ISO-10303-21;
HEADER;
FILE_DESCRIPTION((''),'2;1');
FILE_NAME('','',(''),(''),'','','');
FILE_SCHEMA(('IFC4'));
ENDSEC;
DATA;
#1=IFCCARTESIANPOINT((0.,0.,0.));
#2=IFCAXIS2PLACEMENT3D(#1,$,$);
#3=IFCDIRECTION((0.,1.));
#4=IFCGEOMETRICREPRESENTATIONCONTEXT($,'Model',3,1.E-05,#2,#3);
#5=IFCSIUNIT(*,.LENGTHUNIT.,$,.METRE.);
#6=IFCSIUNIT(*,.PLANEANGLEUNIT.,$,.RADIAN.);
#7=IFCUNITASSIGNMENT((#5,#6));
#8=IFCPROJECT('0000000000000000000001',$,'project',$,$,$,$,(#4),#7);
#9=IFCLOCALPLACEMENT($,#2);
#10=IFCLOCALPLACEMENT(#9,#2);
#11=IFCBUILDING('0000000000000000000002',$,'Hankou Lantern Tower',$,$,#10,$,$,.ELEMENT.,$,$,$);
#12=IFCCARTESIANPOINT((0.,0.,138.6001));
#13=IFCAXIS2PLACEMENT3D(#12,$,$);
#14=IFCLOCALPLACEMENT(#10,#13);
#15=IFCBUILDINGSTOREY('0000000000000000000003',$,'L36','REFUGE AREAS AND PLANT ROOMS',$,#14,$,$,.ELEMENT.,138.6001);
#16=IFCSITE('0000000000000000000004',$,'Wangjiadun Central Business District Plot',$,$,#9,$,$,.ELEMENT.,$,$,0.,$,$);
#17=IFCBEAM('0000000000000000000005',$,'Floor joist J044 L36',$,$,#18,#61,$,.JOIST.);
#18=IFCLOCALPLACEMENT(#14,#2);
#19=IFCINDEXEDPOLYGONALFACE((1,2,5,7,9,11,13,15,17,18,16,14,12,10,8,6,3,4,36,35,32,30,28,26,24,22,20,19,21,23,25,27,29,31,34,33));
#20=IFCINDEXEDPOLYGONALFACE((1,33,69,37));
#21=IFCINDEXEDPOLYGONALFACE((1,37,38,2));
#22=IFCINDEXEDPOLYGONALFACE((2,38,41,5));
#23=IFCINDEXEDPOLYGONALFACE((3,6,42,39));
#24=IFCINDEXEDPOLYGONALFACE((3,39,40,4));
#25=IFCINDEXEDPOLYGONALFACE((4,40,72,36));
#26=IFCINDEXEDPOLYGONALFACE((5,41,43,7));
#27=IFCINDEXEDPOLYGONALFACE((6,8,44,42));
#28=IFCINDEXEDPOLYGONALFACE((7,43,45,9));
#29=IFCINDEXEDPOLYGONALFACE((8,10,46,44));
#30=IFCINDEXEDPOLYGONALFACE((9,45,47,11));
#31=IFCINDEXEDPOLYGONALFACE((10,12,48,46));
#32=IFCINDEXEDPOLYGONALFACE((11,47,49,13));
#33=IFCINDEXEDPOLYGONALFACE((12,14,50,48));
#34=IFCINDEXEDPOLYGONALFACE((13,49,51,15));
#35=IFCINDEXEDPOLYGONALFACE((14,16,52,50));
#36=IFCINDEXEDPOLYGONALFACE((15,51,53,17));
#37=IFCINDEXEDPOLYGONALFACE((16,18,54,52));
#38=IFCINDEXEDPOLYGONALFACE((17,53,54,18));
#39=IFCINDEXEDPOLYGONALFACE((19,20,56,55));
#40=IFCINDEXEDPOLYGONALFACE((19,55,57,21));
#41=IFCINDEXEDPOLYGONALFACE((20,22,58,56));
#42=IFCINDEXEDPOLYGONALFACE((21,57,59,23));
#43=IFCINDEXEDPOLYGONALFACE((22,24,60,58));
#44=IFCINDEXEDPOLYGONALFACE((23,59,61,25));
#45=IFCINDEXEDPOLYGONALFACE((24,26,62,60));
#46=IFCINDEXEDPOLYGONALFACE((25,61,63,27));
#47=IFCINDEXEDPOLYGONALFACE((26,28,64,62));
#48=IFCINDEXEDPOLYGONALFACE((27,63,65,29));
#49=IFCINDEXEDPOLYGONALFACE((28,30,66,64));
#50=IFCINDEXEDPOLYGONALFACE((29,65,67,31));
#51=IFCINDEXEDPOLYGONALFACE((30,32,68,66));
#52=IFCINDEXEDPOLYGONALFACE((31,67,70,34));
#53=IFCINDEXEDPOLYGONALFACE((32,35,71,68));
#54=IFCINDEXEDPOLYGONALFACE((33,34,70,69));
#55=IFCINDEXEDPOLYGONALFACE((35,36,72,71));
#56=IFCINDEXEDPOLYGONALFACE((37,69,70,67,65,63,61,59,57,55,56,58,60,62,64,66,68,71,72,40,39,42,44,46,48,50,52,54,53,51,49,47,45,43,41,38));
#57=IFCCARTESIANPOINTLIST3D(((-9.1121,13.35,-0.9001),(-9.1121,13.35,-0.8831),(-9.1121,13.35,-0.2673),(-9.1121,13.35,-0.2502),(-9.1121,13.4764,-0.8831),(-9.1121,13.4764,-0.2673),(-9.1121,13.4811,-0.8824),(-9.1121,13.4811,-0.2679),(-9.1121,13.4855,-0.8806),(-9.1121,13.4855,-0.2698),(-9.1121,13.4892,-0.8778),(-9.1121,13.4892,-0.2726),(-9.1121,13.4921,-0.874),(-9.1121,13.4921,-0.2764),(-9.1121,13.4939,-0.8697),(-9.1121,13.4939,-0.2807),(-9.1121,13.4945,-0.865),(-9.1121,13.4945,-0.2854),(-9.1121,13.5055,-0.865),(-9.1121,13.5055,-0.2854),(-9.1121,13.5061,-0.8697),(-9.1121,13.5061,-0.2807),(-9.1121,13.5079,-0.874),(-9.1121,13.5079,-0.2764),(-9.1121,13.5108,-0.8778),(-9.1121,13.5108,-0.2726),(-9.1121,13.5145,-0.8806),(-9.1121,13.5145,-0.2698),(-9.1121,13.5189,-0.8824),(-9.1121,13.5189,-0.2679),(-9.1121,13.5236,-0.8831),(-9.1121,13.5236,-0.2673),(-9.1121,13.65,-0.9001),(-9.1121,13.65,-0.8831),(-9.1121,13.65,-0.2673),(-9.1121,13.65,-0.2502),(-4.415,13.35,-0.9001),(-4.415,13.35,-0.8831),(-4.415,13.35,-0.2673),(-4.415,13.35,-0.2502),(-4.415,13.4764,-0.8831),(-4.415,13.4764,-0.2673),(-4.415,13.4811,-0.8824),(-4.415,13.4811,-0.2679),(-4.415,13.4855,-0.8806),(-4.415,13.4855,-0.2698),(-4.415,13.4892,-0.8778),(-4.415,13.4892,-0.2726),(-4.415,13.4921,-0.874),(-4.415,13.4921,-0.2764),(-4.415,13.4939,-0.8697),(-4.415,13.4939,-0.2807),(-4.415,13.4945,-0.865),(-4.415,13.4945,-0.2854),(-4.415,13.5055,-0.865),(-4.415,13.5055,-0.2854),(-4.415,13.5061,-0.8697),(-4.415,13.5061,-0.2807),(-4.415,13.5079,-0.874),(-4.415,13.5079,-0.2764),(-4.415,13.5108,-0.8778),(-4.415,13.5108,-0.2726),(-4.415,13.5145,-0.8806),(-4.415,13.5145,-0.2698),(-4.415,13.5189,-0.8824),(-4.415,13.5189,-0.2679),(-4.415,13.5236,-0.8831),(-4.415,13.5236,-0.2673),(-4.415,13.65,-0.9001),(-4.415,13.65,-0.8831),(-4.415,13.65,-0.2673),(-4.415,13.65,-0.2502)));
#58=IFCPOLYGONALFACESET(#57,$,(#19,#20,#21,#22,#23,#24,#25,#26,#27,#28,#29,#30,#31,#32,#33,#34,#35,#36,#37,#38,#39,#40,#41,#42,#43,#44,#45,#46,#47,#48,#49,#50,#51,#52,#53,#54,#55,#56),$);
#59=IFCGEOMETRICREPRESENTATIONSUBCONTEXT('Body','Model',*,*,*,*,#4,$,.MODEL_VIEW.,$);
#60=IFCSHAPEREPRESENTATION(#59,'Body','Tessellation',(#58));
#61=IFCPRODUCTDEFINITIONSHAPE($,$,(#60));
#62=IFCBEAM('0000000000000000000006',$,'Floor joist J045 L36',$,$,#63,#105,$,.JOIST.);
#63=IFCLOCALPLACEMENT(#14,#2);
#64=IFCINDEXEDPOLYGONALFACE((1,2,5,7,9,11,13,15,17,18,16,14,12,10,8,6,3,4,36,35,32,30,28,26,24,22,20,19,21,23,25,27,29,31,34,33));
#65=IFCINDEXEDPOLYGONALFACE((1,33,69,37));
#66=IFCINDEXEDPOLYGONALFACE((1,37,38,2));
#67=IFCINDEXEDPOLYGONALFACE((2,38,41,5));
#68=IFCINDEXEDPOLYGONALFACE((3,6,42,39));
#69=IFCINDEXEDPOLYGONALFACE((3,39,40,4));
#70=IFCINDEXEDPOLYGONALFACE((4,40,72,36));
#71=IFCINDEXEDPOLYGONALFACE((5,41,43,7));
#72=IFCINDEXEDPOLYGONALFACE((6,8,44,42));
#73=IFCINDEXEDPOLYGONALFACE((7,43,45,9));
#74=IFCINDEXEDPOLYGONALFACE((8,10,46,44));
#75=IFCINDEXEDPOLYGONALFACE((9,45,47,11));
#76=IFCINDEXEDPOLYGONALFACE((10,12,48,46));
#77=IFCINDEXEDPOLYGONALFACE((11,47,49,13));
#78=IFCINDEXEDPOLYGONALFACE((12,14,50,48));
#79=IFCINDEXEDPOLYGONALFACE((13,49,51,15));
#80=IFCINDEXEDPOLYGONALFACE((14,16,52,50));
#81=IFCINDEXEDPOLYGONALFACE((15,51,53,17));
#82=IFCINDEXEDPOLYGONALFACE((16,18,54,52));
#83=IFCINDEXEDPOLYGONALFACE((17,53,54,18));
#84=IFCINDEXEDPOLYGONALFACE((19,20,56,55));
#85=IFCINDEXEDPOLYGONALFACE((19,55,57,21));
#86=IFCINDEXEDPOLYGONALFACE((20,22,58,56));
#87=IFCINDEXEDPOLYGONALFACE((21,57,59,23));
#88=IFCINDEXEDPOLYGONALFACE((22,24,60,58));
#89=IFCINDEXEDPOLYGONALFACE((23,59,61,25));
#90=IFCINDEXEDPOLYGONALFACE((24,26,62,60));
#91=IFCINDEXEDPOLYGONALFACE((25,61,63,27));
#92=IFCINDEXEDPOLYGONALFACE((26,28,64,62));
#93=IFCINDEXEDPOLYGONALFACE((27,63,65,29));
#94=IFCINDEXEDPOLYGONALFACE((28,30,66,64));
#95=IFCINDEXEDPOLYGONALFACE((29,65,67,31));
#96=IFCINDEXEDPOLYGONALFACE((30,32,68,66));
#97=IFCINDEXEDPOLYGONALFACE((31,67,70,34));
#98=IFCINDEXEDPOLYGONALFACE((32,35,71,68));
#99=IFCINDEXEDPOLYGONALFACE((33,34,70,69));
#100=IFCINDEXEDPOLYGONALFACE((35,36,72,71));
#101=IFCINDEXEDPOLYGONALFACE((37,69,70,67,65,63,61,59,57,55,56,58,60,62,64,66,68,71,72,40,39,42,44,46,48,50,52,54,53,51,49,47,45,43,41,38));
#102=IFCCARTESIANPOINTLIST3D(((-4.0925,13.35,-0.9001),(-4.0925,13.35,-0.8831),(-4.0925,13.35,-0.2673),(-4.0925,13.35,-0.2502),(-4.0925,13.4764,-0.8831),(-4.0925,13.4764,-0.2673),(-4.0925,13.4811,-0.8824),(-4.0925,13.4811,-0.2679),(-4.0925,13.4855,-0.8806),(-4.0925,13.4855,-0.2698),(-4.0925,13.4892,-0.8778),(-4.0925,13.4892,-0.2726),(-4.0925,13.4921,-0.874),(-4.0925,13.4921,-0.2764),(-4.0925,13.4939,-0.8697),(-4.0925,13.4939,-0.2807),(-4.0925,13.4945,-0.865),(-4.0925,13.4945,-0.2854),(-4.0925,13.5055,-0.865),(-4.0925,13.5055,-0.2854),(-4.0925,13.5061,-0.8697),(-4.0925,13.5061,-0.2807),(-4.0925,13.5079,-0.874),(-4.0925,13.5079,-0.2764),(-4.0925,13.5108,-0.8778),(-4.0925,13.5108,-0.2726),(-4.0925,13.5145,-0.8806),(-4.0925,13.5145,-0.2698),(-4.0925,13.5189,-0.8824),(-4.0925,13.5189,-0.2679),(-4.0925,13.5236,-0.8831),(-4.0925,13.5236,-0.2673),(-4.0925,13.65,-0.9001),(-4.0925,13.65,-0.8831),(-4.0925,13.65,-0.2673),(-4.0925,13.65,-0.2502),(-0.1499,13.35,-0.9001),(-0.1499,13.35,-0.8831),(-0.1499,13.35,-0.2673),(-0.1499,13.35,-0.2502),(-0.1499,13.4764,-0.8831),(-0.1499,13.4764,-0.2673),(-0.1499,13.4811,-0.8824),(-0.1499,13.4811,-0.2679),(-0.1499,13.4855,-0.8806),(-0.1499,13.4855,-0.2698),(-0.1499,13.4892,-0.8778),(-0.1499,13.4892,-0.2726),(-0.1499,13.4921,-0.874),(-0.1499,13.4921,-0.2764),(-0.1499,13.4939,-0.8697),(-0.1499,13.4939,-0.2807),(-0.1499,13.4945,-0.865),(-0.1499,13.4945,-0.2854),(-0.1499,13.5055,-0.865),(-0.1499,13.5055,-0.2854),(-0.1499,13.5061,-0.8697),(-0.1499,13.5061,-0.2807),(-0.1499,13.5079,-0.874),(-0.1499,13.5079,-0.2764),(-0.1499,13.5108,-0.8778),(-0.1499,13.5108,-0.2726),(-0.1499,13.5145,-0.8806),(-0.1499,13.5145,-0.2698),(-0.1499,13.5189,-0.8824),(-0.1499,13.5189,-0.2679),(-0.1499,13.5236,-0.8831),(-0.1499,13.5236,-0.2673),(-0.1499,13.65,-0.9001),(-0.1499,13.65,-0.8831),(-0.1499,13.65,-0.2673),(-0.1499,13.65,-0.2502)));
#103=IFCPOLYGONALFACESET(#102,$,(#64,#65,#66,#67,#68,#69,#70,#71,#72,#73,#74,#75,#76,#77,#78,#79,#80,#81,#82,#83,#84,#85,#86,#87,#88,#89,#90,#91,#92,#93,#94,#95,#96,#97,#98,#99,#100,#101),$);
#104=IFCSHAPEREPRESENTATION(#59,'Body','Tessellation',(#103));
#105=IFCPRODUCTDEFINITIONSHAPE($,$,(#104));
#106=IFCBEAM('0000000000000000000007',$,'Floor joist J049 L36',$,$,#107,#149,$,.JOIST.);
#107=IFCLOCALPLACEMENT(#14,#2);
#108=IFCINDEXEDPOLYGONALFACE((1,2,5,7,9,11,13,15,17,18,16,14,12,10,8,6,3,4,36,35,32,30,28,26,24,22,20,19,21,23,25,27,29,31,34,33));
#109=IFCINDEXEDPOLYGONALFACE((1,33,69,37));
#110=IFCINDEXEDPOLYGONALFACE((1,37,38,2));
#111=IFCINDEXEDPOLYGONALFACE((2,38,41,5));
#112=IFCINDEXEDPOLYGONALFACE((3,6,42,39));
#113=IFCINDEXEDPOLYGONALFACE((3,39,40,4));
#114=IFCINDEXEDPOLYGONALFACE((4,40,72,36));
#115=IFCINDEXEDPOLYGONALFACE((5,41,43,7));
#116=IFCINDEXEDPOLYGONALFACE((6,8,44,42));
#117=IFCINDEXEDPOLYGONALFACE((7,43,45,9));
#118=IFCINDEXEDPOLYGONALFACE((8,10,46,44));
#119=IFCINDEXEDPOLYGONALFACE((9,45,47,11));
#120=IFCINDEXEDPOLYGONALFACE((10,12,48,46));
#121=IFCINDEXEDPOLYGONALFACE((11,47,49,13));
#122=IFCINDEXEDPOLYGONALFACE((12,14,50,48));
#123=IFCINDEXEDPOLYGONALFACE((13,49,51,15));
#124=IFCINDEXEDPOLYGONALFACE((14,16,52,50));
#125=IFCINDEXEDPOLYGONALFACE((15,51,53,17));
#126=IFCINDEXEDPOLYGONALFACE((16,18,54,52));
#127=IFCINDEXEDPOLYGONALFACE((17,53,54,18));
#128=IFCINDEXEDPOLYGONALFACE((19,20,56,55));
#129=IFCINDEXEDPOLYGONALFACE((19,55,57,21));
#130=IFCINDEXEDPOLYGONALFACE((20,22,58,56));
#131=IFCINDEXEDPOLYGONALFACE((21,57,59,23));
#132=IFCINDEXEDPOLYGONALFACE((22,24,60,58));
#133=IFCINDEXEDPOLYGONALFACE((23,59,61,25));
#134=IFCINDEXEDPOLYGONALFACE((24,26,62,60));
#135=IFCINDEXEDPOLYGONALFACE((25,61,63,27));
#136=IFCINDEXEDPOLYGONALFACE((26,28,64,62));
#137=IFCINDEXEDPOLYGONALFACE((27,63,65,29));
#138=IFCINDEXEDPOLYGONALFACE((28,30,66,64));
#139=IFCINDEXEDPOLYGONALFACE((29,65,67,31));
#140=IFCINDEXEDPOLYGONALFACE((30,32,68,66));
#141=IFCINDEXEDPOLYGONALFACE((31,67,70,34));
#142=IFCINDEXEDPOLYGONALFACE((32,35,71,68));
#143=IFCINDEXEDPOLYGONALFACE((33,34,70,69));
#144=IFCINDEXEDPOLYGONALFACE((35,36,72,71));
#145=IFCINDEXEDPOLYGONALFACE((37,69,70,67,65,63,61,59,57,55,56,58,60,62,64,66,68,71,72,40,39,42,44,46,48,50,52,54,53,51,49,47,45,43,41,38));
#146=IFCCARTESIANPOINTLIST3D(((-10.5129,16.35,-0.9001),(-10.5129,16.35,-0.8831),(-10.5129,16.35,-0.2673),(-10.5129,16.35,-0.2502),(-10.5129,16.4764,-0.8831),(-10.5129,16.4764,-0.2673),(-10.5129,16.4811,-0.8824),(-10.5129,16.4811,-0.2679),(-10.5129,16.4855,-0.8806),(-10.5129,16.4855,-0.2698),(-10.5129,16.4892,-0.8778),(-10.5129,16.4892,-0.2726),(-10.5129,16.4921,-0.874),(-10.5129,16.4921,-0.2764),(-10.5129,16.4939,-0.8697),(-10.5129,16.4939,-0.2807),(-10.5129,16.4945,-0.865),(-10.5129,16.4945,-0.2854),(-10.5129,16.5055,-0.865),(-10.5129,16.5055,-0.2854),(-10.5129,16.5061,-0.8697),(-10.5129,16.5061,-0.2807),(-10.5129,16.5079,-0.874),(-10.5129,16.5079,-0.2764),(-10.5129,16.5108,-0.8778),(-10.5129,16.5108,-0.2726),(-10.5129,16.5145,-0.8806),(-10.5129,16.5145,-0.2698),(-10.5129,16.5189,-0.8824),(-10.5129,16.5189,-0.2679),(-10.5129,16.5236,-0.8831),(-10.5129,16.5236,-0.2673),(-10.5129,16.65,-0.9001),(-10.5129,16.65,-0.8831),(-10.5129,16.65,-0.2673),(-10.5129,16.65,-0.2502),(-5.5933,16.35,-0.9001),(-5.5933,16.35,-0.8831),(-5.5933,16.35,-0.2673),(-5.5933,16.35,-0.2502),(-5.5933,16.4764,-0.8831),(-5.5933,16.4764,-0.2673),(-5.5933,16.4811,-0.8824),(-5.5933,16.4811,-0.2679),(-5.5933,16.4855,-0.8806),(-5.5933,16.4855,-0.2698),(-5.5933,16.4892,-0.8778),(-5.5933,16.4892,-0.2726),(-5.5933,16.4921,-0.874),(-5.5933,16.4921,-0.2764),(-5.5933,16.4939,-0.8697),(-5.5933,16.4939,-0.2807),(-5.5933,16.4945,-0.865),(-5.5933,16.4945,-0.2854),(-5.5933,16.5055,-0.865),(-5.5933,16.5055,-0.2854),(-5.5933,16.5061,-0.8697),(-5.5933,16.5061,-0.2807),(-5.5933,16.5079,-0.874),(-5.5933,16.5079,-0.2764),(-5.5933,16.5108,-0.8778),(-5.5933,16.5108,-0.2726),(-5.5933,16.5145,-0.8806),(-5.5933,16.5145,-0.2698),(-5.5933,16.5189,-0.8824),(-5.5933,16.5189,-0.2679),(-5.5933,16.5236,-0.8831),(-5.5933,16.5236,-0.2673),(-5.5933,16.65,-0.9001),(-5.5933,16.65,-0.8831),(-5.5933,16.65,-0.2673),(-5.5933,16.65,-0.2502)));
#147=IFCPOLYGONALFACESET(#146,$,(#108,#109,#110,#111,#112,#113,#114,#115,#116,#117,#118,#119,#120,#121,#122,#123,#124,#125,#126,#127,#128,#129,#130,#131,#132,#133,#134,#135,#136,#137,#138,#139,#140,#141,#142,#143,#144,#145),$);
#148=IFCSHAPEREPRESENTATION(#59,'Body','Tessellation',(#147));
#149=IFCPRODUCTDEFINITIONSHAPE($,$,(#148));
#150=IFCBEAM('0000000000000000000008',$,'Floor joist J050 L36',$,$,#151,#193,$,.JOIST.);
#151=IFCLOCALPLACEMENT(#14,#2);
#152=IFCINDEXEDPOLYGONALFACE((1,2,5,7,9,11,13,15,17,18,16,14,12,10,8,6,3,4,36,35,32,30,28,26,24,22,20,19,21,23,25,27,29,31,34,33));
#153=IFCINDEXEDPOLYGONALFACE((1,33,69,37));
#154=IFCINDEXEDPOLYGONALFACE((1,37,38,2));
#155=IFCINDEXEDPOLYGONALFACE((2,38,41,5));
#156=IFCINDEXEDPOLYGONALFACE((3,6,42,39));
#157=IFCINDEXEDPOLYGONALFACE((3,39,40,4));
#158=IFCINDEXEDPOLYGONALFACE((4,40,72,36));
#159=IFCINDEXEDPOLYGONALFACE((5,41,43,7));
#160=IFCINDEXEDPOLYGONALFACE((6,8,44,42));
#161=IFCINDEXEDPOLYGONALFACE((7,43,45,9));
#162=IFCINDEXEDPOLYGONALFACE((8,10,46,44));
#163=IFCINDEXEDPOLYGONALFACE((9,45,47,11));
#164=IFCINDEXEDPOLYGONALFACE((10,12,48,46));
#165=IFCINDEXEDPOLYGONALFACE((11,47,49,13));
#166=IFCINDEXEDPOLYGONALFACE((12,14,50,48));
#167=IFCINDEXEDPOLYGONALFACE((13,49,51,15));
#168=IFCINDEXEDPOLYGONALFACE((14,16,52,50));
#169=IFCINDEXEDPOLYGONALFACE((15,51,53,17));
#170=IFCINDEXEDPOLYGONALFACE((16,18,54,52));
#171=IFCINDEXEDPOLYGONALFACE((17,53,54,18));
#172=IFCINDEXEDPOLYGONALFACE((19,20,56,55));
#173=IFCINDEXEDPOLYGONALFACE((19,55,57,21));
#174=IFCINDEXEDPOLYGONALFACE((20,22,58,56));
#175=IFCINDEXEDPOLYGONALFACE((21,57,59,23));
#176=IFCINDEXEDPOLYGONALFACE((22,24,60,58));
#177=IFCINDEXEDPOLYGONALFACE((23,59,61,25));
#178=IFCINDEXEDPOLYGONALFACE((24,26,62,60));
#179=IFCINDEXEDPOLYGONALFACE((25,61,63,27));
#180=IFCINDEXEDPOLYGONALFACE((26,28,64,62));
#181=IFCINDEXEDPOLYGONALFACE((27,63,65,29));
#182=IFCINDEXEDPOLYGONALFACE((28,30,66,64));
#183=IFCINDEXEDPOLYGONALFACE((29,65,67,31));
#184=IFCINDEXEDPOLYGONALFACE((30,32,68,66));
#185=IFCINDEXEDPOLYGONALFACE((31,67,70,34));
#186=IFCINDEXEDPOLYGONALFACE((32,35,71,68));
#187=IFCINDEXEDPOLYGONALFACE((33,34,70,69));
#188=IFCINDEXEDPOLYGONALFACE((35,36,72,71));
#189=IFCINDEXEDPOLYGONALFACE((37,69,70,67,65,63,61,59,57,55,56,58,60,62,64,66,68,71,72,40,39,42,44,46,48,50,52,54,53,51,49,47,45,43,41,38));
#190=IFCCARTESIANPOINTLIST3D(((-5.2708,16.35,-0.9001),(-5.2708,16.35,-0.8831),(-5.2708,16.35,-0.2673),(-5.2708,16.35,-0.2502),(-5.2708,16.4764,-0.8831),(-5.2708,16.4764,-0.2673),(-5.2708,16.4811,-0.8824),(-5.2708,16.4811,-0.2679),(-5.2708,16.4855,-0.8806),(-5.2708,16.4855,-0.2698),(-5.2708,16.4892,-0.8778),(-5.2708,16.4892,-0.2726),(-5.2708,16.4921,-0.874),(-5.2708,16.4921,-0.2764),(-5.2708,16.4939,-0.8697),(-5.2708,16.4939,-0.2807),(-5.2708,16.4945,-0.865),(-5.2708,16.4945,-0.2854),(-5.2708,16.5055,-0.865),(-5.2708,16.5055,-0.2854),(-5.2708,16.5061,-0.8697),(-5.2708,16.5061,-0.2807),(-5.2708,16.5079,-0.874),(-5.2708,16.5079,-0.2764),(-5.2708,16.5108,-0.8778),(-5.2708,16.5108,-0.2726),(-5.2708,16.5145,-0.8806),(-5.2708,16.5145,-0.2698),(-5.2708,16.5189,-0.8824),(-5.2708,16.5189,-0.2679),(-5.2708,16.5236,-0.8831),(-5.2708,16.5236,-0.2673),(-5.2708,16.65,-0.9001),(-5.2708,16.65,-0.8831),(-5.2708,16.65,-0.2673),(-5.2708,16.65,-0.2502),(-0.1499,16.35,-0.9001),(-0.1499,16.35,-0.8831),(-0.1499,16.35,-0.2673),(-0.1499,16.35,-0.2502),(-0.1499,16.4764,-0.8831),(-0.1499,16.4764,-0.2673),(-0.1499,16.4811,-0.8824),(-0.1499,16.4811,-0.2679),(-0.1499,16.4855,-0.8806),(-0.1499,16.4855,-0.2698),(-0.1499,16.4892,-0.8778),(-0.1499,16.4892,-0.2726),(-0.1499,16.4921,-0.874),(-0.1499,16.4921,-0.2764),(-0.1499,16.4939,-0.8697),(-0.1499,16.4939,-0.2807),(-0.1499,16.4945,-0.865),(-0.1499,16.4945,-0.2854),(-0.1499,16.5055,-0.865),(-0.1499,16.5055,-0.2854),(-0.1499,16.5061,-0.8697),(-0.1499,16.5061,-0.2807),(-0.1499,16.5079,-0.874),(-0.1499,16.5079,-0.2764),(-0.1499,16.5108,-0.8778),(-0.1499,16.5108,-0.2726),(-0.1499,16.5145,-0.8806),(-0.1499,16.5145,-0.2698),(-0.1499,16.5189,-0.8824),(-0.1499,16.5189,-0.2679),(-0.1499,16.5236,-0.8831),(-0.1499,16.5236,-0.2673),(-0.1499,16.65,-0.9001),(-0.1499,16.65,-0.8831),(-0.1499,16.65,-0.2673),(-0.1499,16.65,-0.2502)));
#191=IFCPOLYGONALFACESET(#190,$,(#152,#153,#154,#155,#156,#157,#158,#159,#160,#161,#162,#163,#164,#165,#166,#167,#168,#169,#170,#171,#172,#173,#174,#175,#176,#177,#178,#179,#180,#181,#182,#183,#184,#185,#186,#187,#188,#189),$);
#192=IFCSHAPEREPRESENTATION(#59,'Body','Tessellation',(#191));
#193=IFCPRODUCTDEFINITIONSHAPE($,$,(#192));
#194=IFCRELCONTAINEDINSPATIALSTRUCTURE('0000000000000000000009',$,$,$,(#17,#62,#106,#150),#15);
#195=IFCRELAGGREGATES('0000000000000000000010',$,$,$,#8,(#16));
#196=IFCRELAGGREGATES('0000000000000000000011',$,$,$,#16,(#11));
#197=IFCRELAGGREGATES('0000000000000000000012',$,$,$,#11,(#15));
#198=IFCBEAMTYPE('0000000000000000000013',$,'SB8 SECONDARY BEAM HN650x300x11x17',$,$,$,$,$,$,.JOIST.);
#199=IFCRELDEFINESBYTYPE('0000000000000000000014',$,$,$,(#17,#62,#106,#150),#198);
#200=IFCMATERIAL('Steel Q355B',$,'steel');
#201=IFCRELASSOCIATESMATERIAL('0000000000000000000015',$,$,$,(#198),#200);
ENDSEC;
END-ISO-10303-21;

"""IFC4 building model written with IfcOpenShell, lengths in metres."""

from ifc_helpers import new_model, si_unit, direction, frame, origin, origin_2d, place, context, subcontext, project, spatial, i_section, extrude, material, material_profile, profile_set, type_object, element, save


model = new_model("IFC4")

# Units and contexts
model_context = context("Model", 3, precision=1e-05, world=origin(), true_north=direction((0.0, 1.0)))
body_context = subcontext(model_context, "Body", "Model", "MODEL_VIEW")
ifc_project = project(units=[si_unit("LENGTHUNIT", "METRE"), si_unit("PLANEANGLEUNIT", "RADIAN")], contexts=[model_context])

# Site, building, storey
site_placement = place(None, origin())
site = spatial("IfcSite", under=ifc_project, at=site_placement, Name="Wangjiadun Central Business District Plot", CompositionType="ELEMENT", RefElevation=0.0)
building_placement = place(site_placement, origin())
building = spatial("IfcBuilding", under=site, at=building_placement, Name="Hankou Lantern Tower", CompositionType="ELEMENT")
storey_placement = place(building_placement, frame((0.0, 0.0, 138.6001)))
storey = spatial("IfcBuildingStorey", under=building, at=storey_placement, Name="L36", Description="REFUGE AREAS AND PLANT ROOMS", CompositionType="ELEMENT", Elevation=138.6001)

# Beams
ifc_material_1 = material(Name="Steel Q355B", Category="steel")
ifc_material_profile_1 = material_profile(ifc_material_1, i_section(OverallWidth=0.3, OverallDepth=0.6499, WebThickness=0.011, FlangeThickness=0.0171, FilletRadius=0.0181, at=origin_2d()), Name="HN650x300x11x17")
ifc_profile_set_1 = profile_set([ifc_material_profile_1], Name="Steel Q355B")
beam_type_1 = type_object("IfcBeamType", Name="SB8 SECONDARY BEAM HN650x300x11x17", PredefinedType="JOIST", material=ifc_profile_set_1)
beam_1_placement = place(storey_placement, frame((-9.1121, 13.5, -0.5752), z_axis=(1.0, 0.0, 0.0), x_axis=(0.0, 1.0, 0.0)))
element("IfcBeam", 1, at=beam_1_placement, inside=storey, type_object=beam_type_1, Name="Floor joist J044 L36", PredefinedType="JOIST", context=body_context, shape_type="SweptSolid", body=[
    extrude(i_section(OverallWidth=0.3, OverallDepth=0.6499, WebThickness=0.011, FlangeThickness=0.0171, FilletRadius=0.0181, at=origin_2d()), origin(), (0.0, 0.0, 1.0), 4.697),
])
beam_2_placement = place(storey_placement, frame((-4.0925, 13.5, -0.5752), z_axis=(1.0, 0.0, 0.0), x_axis=(0.0, 1.0, 0.0)))
element("IfcBeam", 2, at=beam_2_placement, inside=storey, type_object=beam_type_1, Name="Floor joist J045 L36", PredefinedType="JOIST", context=body_context, shape_type="SweptSolid", body=[
    extrude(i_section(OverallWidth=0.3, OverallDepth=0.6499, WebThickness=0.011, FlangeThickness=0.0171, FilletRadius=0.0181, at=origin_2d()), origin(), (0.0, 0.0, 1.0), 3.9426),
])
beam_3_placement = place(storey_placement, frame((-10.5129, 16.5, -0.5752), z_axis=(1.0, 0.0, 0.0), x_axis=(0.0, 1.0, 0.0)))
element("IfcBeam", 3, at=beam_3_placement, inside=storey, type_object=beam_type_1, Name="Floor joist J049 L36", PredefinedType="JOIST", context=body_context, shape_type="SweptSolid", body=[
    extrude(i_section(OverallWidth=0.3, OverallDepth=0.6499, WebThickness=0.011, FlangeThickness=0.0171, FilletRadius=0.0181, at=origin_2d()), origin(), (0.0, 0.0, 1.0), 4.9197),
])
beam_4_placement = place(storey_placement, frame((-5.2708, 16.5, -0.5752), z_axis=(1.0, 0.0, 0.0), x_axis=(0.0, 1.0, 0.0)))
element("IfcBeam", 4, at=beam_4_placement, inside=storey, type_object=beam_type_1, Name="Floor joist J050 L36", PredefinedType="JOIST", context=body_context, shape_type="SweptSolid", body=[
    extrude(i_section(OverallWidth=0.3, OverallDepth=0.6499, WebThickness=0.011, FlangeThickness=0.0171, FilletRadius=0.0181, at=origin_2d()), origin(), (0.0, 0.0, 1.0), 5.1208),
])

save(model, "model.ifc")
